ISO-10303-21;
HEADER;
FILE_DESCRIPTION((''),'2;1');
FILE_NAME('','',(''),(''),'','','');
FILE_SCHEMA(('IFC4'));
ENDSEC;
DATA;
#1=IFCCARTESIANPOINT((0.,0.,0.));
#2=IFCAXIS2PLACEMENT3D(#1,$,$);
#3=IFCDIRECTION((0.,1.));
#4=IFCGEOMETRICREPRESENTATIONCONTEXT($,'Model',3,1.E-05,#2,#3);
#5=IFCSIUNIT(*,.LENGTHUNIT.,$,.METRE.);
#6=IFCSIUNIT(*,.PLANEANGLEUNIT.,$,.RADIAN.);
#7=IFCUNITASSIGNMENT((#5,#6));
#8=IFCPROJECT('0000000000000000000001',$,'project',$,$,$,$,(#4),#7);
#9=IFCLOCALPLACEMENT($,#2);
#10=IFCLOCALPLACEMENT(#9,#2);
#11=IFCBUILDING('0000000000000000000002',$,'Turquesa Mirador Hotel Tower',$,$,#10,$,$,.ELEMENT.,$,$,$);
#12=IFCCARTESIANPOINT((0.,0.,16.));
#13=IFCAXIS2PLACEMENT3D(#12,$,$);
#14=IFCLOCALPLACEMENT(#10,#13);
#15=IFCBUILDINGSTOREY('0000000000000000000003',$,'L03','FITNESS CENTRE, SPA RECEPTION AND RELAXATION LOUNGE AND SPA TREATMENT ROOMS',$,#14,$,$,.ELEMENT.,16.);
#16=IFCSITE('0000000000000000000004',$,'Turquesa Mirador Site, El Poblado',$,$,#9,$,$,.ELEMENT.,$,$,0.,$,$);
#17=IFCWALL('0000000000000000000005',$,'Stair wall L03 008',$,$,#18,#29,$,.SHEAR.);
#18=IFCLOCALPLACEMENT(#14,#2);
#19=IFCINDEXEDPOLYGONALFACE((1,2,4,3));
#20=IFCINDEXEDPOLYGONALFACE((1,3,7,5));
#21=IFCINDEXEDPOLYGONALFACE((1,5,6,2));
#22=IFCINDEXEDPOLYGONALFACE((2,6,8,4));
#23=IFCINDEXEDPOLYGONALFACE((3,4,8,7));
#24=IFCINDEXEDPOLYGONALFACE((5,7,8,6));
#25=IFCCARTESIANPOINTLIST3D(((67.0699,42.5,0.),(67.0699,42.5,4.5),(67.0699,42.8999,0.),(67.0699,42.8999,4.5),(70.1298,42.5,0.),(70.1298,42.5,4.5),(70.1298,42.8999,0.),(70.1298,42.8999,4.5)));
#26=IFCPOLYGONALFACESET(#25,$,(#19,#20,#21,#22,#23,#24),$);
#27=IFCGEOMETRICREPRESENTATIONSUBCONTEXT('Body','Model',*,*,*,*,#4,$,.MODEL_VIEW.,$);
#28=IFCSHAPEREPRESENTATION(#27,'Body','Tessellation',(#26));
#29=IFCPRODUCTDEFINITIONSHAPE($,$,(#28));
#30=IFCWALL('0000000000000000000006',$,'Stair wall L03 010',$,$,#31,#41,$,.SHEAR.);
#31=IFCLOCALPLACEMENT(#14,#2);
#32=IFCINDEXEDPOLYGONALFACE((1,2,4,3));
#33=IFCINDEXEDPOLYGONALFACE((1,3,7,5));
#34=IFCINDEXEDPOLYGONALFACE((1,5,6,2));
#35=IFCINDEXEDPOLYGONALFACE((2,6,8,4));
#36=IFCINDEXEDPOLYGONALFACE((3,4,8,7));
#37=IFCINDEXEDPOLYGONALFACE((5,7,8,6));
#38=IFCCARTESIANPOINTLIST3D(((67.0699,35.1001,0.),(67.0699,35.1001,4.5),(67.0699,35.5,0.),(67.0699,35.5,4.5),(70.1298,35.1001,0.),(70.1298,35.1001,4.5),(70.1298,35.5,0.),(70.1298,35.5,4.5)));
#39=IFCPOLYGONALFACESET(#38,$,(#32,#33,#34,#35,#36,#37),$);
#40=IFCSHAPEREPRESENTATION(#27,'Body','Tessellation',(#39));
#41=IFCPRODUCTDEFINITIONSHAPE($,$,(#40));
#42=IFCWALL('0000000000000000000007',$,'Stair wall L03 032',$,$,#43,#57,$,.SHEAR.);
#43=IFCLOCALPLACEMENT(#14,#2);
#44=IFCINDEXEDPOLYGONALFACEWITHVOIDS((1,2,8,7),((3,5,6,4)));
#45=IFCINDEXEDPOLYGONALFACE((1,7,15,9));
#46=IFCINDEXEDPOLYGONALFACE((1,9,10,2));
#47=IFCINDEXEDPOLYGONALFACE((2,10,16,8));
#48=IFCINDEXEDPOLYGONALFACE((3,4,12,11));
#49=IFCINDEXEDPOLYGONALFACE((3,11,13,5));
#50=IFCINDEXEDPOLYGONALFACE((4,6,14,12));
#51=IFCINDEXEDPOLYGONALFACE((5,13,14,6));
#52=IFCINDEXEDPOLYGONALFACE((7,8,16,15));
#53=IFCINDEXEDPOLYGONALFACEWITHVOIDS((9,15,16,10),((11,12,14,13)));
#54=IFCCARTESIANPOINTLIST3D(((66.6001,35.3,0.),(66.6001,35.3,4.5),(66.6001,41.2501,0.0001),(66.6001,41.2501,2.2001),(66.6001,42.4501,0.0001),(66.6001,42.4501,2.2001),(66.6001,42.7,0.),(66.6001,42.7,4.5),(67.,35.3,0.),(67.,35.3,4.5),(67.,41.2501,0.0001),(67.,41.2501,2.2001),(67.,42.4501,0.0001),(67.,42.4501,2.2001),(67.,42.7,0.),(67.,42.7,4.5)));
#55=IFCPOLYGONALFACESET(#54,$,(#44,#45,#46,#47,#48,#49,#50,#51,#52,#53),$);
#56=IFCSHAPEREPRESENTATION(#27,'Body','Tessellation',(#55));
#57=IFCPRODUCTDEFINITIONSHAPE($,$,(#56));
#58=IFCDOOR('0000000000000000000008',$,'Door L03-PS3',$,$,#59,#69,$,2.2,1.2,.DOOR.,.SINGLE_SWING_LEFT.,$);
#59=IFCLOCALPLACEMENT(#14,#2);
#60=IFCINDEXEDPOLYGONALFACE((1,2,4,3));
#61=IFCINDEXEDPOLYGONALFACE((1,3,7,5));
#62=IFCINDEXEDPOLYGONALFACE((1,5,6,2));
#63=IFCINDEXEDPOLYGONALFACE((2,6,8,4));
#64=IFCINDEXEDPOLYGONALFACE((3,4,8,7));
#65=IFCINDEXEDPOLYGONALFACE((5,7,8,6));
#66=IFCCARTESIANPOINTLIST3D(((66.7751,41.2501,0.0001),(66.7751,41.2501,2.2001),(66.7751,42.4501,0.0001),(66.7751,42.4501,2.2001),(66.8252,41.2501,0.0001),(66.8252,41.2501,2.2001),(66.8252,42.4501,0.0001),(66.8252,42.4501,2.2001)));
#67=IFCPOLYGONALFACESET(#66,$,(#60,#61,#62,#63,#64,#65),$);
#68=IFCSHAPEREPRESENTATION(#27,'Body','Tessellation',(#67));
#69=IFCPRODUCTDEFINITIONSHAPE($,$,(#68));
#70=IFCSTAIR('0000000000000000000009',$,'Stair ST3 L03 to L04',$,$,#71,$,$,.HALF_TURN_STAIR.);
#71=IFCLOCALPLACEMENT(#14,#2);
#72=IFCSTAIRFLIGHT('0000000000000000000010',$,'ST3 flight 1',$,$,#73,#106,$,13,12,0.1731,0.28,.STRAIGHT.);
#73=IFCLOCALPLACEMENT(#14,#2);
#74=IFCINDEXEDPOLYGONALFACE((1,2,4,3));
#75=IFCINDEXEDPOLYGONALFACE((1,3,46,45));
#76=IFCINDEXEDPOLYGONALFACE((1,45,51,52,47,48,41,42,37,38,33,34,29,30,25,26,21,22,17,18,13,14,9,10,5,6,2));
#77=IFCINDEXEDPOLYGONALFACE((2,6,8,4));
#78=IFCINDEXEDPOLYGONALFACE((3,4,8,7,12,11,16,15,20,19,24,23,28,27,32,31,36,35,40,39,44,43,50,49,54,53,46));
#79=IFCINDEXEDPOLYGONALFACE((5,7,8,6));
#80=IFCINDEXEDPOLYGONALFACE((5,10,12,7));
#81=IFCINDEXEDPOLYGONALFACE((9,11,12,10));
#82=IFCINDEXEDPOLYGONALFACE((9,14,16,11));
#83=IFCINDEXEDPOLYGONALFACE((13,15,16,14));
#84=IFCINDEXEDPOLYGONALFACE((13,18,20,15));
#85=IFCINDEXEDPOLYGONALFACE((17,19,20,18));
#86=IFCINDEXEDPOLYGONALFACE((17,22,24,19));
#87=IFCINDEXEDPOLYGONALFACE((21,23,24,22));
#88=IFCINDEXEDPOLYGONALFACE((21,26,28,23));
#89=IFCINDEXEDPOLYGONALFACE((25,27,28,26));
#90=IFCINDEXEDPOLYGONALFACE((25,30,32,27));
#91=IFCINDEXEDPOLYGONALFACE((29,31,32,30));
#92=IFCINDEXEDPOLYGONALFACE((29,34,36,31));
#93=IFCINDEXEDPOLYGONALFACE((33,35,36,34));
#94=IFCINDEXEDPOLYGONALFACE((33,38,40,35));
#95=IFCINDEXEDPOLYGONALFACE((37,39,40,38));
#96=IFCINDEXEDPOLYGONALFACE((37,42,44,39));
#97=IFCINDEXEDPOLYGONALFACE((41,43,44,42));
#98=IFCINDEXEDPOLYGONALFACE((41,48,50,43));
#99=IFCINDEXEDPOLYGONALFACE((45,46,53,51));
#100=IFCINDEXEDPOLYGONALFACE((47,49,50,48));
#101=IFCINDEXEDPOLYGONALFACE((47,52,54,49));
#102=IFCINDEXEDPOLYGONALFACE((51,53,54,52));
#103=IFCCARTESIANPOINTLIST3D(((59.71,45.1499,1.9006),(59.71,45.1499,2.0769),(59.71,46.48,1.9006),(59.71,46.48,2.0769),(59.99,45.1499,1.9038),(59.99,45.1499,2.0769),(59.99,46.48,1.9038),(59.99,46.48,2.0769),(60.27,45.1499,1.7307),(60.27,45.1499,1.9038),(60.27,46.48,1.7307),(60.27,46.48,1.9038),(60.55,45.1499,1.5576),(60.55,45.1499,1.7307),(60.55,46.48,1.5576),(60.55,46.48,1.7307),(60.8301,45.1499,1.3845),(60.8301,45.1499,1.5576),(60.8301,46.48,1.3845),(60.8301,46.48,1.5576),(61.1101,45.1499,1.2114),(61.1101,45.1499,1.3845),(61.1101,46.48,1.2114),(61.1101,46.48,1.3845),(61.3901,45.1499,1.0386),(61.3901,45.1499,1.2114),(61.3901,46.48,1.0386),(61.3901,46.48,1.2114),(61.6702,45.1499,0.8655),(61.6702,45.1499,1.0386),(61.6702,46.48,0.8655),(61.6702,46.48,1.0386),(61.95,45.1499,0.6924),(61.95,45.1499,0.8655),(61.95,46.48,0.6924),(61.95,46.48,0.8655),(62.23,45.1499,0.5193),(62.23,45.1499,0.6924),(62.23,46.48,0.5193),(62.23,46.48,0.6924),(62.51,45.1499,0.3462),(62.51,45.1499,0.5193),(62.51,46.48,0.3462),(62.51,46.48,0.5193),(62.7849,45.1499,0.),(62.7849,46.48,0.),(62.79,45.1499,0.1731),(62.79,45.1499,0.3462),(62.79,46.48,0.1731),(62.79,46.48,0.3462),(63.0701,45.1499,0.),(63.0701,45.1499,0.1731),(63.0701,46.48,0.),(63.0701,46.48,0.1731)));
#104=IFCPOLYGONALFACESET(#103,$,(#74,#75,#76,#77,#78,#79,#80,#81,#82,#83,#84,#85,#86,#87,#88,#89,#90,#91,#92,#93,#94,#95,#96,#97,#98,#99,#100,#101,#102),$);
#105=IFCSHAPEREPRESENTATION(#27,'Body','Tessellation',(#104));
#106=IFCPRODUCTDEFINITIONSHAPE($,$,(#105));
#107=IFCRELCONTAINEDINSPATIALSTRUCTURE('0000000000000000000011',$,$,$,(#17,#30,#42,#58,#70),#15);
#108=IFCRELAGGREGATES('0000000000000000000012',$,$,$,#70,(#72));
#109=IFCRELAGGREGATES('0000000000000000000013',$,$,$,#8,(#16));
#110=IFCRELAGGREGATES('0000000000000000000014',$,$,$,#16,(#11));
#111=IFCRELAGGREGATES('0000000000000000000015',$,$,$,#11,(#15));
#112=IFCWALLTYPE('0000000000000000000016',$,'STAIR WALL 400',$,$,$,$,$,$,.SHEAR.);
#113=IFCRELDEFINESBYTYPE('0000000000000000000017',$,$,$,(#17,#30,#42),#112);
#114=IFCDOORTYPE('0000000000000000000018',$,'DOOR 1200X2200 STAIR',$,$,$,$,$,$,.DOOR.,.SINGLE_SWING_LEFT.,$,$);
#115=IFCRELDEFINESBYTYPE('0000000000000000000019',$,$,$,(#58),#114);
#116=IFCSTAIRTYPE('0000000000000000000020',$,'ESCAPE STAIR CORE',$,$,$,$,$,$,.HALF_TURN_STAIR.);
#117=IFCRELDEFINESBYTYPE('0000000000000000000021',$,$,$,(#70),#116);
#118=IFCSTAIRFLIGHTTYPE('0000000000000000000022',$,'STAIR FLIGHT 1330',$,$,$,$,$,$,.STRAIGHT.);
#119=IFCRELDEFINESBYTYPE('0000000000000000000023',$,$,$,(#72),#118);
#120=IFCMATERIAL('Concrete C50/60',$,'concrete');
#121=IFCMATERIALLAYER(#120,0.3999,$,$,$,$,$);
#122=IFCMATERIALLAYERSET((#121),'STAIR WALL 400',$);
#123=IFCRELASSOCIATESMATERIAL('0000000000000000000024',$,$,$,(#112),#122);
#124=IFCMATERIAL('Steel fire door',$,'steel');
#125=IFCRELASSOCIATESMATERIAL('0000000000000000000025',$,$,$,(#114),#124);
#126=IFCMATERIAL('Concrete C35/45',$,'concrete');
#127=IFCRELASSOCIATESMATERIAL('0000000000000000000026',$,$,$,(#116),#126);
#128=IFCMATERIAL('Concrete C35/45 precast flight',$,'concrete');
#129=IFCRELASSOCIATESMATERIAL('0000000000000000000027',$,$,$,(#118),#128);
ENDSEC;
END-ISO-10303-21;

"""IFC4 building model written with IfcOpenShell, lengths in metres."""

from ifc_helpers import new_model, si_unit, direction, frame, frame_2d, origin, place, context, subcontext, project, spatial, polyline, rectangle, outline, extrude, material, layer, layer_set, type_object, element, fill, aggregate, save


model = new_model("IFC4")

# Units and contexts
model_context = context("Model", 3, precision=1e-05, world=origin(), true_north=direction((0.0, 1.0)))
body_context = subcontext(model_context, "Body", "Model", "MODEL_VIEW")
ifc_project = project(units=[si_unit("LENGTHUNIT", "METRE"), si_unit("PLANEANGLEUNIT", "RADIAN")], contexts=[model_context])

# Site, building, storey
site_placement = place(None, origin())
site = spatial("IfcSite", under=ifc_project, at=site_placement, Name="Turquesa Mirador Site, El Poblado", CompositionType="ELEMENT", RefElevation=0.0)
building_placement = place(site_placement, origin())
building = spatial("IfcBuilding", under=site, at=building_placement, Name="Turquesa Mirador Hotel Tower", CompositionType="ELEMENT")
storey_placement = place(building_placement, frame((0.0, 0.0, 16.0)))
storey = spatial("IfcBuildingStorey", under=building, at=storey_placement, Name="L03", Description="FITNESS CENTRE, SPA RECEPTION AND RELAXATION LOUNGE AND SPA TREATMENT ROOMS", CompositionType="ELEMENT", Elevation=16.0)

# Walls
ifc_material_1 = material(Name="Concrete C50/60", Category="concrete")
ifc_layer_1 = layer(ifc_material_1, 0.3999)
ifc_layer_set_1 = layer_set([ifc_layer_1], Name="STAIR WALL 400")
wall_type_1 = type_object("IfcWallType", Name="STAIR WALL 400", PredefinedType="SHEAR", material=ifc_layer_set_1)
for number, where, z_axis, x_axis, name in (
    (1, (67.0701, 42.7, 0.0), (0.0, 0.0, 1.0), (1.0, 0.0, 0.0), "Stair wall L03 008"),
    (2, (67.0701, 35.3, 0.0), (0.0, 0.0, 1.0), (1.0, 0.0, 0.0), "Stair wall L03 010"),
):
    element("IfcWall", number, at=place(storey_placement, frame(where, z_axis=z_axis, x_axis=x_axis)), inside=storey, type_object=wall_type_1, Name=name, PredefinedType="SHEAR", context=body_context, shape_type="SweptSolid", body=[
        extrude(rectangle(XDim=3.0598, YDim=0.3999, at=frame_2d((1.5298, 0.0))), origin(), (0.0, 0.0, 1.0), 4.5),
    ])

# Wall, opening, door
wall_1_placement = place(storey_placement, frame((66.8, 35.3, 0.0), z_axis=(0.0, 0.0, 1.0), x_axis=(0.0, 1.0, 0.0)))
wall_1 = element("IfcWall", 3, at=wall_1_placement, inside=storey, type_object=wall_type_1, Name="Stair wall L03 032", PredefinedType="SHEAR", context=body_context, shape_type="SweptSolid", body=[
    extrude(rectangle(XDim=7.3999, YDim=0.3999, at=frame_2d((3.7, 0.0))), origin(), (0.0, 0.0, 1.0), 4.5),
])
opening_1_placement = place(wall_1_placement, frame((5.95, 0.0, 0.0)))
opening_1 = element("IfcOpeningElement", 4, at=opening_1_placement, cuts=wall_1, PredefinedType="OPENING", context=body_context, shape_type="SweptSolid", body=[
    extrude(rectangle(XDim=1.2, YDim=2.2, at=frame_2d((0.6001, 1.1001))), frame((0.0, 0.21, 0.0), z_axis=(0.0, -1.0, 0.0), x_axis=(1.0, 0.0, 0.0)), (0.0, 0.0, 1.0), 0.4199),
])
ifc_material_2 = material(Name="Steel fire door", Category="steel")
door_type_1 = type_object("IfcDoorType", Name="DOOR 1200X2200 STAIR", OperationType="SINGLE_SWING_LEFT", PredefinedType="DOOR", material=ifc_material_2)
door_1_placement = place(opening_1_placement, origin())
door_1 = element("IfcDoor", 5, at=door_1_placement, inside=storey, type_object=door_type_1, Name="Door L03-PS3", OperationType="SINGLE_SWING_LEFT", OverallHeight=2.2, OverallWidth=1.2, PredefinedType="DOOR", context=body_context, shape_type="SweptSolid", body=[
    extrude(rectangle(XDim=1.2, YDim=2.2, at=frame_2d((0.6001, 1.1001))), frame((0.0, 0.0249, 0.0), z_axis=(0.0, -1.0, 0.0), x_axis=(1.0, 0.0, 0.0)), (0.0, 0.0, 1.0), 0.05),
])
fill(opening_1, door_1)

# Stair, stair flight
ifc_material_3 = material(Name="Concrete C35/45", Category="concrete")
stair_type = type_object("IfcStairType", Name="ESCAPE STAIR CORE", PredefinedType="HALF_TURN_STAIR", material=ifc_material_3)
stair_placement = place(storey_placement, origin())
stair = element("IfcStair", 6, at=stair_placement, inside=storey, type_object=stair_type, Name="Stair ST3 L03 to L04", PredefinedType="HALF_TURN_STAIR")
ifc_material_4 = material(Name="Concrete C35/45 precast flight", Category="concrete")
stair_flight_type = type_object("IfcStairFlightType", Name="STAIR FLIGHT 1330", PredefinedType="STRAIGHT", material=ifc_material_4)
stair_flight_placement = place(storey_placement, frame((63.0701, 45.8149, 0.0), z_axis=(0.0, 0.0, 1.0), x_axis=(-1.0, 0.0, 0.0)))
stair_flight = element("IfcStairFlight", 7, at=stair_flight_placement, type_object=stair_flight_type, Name="ST3 flight 1", NumberOfRisers=13, NumberOfTreads=12, PredefinedType="STRAIGHT", RiserHeight=0.1731, TreadLength=0.28, context=body_context, shape_type="SweptSolid", body=[
    extrude(outline(polyline([(0.0, 0.0), (0.0, 0.1731), (0.28, 0.1731), (0.28, 0.3462), (0.5601, 0.3462), (0.5601, 0.5193), (0.8401, 0.5193), (0.8401, 0.6924), (1.1201, 0.6924), (1.1201, 0.8655), (1.3999, 0.8655), (1.3999, 1.0386), (1.6799, 1.0386), (1.6799, 1.2114), (1.96, 1.2114), (1.96, 1.3845), (2.24, 1.3845), (2.24, 1.5576), (2.52, 1.5576), (2.52, 1.7307), (2.8, 1.7307), (2.8, 1.9038), (3.0801, 1.9038), (3.0801, 2.0769), (3.3601, 2.0769), (3.3601, 2.25), (3.3601, 1.9006), (0.2852, 0.0), (0.0, 0.0)])), frame((0.0, 0.665, 0.0), z_axis=(0.0, -1.0, 0.0), x_axis=(1.0, 0.0, 0.0)), (0.0, 0.0, 1.0), 1.3301),
])
aggregate(stair, [stair_flight])

save(model, "model.ifc")
